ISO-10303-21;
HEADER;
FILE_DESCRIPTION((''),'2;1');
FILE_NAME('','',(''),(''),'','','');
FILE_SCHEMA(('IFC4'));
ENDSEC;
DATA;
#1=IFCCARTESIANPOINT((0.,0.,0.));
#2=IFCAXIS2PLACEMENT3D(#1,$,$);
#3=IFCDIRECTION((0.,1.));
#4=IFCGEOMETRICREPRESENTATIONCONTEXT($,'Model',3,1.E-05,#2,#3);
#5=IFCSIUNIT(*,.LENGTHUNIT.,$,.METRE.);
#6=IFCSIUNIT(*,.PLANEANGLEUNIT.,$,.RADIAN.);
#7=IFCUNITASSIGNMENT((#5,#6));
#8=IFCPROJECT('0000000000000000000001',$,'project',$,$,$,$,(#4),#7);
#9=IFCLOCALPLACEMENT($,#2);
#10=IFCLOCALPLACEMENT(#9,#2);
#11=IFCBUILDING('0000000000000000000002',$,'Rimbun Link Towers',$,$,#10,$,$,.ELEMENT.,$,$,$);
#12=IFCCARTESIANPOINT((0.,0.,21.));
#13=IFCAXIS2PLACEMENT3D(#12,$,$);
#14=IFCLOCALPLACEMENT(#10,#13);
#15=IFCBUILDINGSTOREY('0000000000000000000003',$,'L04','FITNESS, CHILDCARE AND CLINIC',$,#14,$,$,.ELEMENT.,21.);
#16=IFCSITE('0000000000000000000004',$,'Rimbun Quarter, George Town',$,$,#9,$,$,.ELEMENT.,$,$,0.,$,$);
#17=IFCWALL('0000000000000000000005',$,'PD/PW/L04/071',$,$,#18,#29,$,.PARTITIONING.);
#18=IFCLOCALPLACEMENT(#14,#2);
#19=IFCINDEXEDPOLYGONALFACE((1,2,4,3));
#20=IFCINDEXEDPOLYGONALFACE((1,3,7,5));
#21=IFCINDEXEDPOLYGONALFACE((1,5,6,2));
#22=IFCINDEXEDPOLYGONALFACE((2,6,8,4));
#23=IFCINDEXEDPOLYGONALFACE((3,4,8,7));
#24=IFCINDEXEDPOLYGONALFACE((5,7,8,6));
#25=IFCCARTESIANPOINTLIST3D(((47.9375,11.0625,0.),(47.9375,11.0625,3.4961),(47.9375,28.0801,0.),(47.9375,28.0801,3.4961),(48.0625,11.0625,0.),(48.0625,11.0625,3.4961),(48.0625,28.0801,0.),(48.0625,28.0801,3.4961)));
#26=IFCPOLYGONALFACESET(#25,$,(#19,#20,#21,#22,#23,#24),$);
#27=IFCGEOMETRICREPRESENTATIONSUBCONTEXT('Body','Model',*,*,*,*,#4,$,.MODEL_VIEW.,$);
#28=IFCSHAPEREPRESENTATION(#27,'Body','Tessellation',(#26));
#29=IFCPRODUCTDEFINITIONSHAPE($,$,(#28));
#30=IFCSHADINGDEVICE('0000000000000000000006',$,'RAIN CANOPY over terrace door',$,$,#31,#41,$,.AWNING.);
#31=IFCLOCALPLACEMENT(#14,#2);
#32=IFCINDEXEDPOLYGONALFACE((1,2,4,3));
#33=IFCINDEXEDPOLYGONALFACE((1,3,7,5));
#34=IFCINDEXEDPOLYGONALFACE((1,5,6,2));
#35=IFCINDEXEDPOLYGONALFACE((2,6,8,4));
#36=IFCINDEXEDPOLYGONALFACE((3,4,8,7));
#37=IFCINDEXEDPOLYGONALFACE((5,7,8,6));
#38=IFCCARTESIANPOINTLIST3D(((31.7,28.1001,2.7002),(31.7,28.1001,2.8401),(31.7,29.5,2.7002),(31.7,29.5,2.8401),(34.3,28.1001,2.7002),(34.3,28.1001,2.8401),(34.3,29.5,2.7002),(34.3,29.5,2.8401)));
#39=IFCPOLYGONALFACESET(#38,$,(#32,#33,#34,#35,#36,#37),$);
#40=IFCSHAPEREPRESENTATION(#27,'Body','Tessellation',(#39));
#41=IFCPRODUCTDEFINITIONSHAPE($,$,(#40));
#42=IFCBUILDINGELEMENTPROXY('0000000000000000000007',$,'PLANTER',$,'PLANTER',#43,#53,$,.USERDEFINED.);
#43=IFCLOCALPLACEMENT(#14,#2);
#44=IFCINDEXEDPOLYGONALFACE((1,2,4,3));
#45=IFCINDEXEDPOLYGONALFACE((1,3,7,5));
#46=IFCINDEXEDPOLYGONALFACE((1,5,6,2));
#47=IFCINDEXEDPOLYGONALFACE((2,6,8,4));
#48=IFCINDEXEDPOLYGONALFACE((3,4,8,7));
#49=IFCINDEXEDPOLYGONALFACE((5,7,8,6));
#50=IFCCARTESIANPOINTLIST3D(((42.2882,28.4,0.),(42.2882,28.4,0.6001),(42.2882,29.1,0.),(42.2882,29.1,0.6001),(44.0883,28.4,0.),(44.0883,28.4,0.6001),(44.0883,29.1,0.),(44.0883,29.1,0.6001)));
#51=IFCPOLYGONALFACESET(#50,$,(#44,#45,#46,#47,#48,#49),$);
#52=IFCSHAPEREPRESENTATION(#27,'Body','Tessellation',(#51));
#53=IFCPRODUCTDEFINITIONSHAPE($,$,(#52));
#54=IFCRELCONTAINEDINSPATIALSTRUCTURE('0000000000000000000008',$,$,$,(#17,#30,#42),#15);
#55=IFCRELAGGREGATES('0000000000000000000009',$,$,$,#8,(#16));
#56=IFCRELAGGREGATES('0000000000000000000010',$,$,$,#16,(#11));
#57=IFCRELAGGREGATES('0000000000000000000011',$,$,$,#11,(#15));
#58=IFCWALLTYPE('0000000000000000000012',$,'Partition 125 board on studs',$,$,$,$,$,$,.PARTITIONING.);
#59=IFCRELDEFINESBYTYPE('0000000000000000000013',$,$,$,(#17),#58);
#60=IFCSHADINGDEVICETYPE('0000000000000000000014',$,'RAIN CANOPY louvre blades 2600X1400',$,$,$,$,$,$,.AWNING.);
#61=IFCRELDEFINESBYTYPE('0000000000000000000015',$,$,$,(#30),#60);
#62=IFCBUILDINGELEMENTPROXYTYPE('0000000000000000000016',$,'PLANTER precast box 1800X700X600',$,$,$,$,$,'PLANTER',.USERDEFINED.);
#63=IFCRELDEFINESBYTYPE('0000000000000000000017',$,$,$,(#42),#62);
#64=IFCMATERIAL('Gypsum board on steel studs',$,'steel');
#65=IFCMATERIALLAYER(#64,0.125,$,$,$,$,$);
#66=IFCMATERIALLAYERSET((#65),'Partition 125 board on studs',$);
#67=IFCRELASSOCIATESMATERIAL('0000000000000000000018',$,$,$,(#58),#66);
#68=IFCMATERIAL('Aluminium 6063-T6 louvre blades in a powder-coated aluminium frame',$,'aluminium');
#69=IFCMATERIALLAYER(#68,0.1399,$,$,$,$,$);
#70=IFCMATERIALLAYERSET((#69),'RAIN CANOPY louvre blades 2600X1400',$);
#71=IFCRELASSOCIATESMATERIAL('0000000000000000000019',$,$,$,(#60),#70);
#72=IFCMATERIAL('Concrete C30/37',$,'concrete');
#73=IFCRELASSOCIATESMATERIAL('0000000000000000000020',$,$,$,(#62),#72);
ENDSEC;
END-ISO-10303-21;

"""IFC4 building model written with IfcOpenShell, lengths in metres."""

from ifc_helpers import new_model, si_unit, direction, frame, frame_2d, origin, origin_2d, place, context, subcontext, project, spatial, rectangle, extrude, material, layer, layer_set, type_object, element, save


model = new_model("IFC4")

# Units and contexts
model_context = context("Model", 3, precision=1e-05, world=origin(), true_north=direction((0.0, 1.0)))
body_context = subcontext(model_context, "Body", "Model", "MODEL_VIEW")
ifc_project = project(units=[si_unit("LENGTHUNIT", "METRE"), si_unit("PLANEANGLEUNIT", "RADIAN")], contexts=[model_context])

# Site, building, storey
site_placement = place(None, origin())
site = spatial("IfcSite", under=ifc_project, at=site_placement, Name="Rimbun Quarter, George Town", CompositionType="ELEMENT", RefElevation=0.0)
building_placement = place(site_placement, origin())
building = spatial("IfcBuilding", under=site, at=building_placement, Name="Rimbun Link Towers", CompositionType="ELEMENT")
storey_placement = place(building_placement, frame((0.0, 0.0, 21.0)))
storey = spatial("IfcBuildingStorey", under=building, at=storey_placement, Name="L04", Description="FITNESS, CHILDCARE AND CLINIC", CompositionType="ELEMENT", Elevation=21.0)

# Shared definitions
ifc_material_1 = material(Name="Gypsum board on steel studs", Category="steel")
ifc_layer_1 = layer(ifc_material_1, 0.125)
ifc_layer_set_1 = layer_set([ifc_layer_1], Name="Partition 125 board on studs")
wall_type_1 = type_object("IfcWallType", Name="Partition 125 board on studs", PredefinedType="PARTITIONING", material=ifc_layer_set_1)

# Wall
for number, where, z_axis, x_axis, name in (
    (1, (48.0, 11.0625, 0.0), (0.0, 0.0, 1.0), (0.0, 1.0, 0.0), "PD/PW/L04/071"),
):
    element("IfcWall", number, at=place(storey_placement, frame(where, z_axis=z_axis, x_axis=x_axis)), inside=storey, type_object=wall_type_1, Name=name, PredefinedType="PARTITIONING", context=body_context, shape_type="SweptSolid", body=[
        extrude(rectangle(XDim=17.0176, YDim=0.125, at=frame_2d((8.5088, 0.0))), origin(), (0.0, 0.0, 1.0), 3.4961),
    ])

# Shading device
ifc_material_2 = material(Name="Aluminium 6063-T6 louvre blades in a powder-coated aluminium frame", Category="aluminium")
ifc_layer_2 = layer(ifc_material_2, 0.1399)
ifc_layer_set_2 = layer_set([ifc_layer_2], Name="RAIN CANOPY louvre blades 2600X1400")
shading_device_type = type_object("IfcShadingDeviceType", Name="RAIN CANOPY louvre blades 2600X1400", PredefinedType="AWNING", material=ifc_layer_set_2)
shading_device_placement = place(storey_placement, frame((33.0, 28.8, 2.7002), z_axis=(0.0, 0.0, 1.0), x_axis=(1.0, 0.0, 0.0)))
element("IfcShadingDevice", 2, at=shading_device_placement, inside=storey, type_object=shading_device_type, Name="RAIN CANOPY over terrace door", PredefinedType="AWNING", context=body_context, shape_type="SweptSolid", body=[
    extrude(rectangle(XDim=2.6001, YDim=1.3999, at=origin_2d()), origin(), (0.0, 0.0, 1.0), 0.1399),
])

# Building element proxy
ifc_material_3 = material(Name="Concrete C30/37", Category="concrete")
building_element_proxy_type = type_object("IfcBuildingElementProxyType", Name="PLANTER precast box 1800X700X600", ElementType="PLANTER", PredefinedType="USERDEFINED", material=ifc_material_3)
proxy_placement = place(storey_placement, frame((43.1882, 28.75, 0.0), z_axis=(0.0, 0.0, 1.0), x_axis=(-1.0, 0.0, 0.0)))
element("IfcBuildingElementProxy", 3, at=proxy_placement, inside=storey, type_object=building_element_proxy_type, Name="PLANTER", ObjectType="PLANTER", PredefinedType="USERDEFINED", context=body_context, shape_type="SweptSolid", body=[
    extrude(rectangle(XDim=1.8, YDim=0.7, at=origin_2d()), origin(), (0.0, 0.0, 1.0), 0.6001),
])

save(model, "model.ifc")
